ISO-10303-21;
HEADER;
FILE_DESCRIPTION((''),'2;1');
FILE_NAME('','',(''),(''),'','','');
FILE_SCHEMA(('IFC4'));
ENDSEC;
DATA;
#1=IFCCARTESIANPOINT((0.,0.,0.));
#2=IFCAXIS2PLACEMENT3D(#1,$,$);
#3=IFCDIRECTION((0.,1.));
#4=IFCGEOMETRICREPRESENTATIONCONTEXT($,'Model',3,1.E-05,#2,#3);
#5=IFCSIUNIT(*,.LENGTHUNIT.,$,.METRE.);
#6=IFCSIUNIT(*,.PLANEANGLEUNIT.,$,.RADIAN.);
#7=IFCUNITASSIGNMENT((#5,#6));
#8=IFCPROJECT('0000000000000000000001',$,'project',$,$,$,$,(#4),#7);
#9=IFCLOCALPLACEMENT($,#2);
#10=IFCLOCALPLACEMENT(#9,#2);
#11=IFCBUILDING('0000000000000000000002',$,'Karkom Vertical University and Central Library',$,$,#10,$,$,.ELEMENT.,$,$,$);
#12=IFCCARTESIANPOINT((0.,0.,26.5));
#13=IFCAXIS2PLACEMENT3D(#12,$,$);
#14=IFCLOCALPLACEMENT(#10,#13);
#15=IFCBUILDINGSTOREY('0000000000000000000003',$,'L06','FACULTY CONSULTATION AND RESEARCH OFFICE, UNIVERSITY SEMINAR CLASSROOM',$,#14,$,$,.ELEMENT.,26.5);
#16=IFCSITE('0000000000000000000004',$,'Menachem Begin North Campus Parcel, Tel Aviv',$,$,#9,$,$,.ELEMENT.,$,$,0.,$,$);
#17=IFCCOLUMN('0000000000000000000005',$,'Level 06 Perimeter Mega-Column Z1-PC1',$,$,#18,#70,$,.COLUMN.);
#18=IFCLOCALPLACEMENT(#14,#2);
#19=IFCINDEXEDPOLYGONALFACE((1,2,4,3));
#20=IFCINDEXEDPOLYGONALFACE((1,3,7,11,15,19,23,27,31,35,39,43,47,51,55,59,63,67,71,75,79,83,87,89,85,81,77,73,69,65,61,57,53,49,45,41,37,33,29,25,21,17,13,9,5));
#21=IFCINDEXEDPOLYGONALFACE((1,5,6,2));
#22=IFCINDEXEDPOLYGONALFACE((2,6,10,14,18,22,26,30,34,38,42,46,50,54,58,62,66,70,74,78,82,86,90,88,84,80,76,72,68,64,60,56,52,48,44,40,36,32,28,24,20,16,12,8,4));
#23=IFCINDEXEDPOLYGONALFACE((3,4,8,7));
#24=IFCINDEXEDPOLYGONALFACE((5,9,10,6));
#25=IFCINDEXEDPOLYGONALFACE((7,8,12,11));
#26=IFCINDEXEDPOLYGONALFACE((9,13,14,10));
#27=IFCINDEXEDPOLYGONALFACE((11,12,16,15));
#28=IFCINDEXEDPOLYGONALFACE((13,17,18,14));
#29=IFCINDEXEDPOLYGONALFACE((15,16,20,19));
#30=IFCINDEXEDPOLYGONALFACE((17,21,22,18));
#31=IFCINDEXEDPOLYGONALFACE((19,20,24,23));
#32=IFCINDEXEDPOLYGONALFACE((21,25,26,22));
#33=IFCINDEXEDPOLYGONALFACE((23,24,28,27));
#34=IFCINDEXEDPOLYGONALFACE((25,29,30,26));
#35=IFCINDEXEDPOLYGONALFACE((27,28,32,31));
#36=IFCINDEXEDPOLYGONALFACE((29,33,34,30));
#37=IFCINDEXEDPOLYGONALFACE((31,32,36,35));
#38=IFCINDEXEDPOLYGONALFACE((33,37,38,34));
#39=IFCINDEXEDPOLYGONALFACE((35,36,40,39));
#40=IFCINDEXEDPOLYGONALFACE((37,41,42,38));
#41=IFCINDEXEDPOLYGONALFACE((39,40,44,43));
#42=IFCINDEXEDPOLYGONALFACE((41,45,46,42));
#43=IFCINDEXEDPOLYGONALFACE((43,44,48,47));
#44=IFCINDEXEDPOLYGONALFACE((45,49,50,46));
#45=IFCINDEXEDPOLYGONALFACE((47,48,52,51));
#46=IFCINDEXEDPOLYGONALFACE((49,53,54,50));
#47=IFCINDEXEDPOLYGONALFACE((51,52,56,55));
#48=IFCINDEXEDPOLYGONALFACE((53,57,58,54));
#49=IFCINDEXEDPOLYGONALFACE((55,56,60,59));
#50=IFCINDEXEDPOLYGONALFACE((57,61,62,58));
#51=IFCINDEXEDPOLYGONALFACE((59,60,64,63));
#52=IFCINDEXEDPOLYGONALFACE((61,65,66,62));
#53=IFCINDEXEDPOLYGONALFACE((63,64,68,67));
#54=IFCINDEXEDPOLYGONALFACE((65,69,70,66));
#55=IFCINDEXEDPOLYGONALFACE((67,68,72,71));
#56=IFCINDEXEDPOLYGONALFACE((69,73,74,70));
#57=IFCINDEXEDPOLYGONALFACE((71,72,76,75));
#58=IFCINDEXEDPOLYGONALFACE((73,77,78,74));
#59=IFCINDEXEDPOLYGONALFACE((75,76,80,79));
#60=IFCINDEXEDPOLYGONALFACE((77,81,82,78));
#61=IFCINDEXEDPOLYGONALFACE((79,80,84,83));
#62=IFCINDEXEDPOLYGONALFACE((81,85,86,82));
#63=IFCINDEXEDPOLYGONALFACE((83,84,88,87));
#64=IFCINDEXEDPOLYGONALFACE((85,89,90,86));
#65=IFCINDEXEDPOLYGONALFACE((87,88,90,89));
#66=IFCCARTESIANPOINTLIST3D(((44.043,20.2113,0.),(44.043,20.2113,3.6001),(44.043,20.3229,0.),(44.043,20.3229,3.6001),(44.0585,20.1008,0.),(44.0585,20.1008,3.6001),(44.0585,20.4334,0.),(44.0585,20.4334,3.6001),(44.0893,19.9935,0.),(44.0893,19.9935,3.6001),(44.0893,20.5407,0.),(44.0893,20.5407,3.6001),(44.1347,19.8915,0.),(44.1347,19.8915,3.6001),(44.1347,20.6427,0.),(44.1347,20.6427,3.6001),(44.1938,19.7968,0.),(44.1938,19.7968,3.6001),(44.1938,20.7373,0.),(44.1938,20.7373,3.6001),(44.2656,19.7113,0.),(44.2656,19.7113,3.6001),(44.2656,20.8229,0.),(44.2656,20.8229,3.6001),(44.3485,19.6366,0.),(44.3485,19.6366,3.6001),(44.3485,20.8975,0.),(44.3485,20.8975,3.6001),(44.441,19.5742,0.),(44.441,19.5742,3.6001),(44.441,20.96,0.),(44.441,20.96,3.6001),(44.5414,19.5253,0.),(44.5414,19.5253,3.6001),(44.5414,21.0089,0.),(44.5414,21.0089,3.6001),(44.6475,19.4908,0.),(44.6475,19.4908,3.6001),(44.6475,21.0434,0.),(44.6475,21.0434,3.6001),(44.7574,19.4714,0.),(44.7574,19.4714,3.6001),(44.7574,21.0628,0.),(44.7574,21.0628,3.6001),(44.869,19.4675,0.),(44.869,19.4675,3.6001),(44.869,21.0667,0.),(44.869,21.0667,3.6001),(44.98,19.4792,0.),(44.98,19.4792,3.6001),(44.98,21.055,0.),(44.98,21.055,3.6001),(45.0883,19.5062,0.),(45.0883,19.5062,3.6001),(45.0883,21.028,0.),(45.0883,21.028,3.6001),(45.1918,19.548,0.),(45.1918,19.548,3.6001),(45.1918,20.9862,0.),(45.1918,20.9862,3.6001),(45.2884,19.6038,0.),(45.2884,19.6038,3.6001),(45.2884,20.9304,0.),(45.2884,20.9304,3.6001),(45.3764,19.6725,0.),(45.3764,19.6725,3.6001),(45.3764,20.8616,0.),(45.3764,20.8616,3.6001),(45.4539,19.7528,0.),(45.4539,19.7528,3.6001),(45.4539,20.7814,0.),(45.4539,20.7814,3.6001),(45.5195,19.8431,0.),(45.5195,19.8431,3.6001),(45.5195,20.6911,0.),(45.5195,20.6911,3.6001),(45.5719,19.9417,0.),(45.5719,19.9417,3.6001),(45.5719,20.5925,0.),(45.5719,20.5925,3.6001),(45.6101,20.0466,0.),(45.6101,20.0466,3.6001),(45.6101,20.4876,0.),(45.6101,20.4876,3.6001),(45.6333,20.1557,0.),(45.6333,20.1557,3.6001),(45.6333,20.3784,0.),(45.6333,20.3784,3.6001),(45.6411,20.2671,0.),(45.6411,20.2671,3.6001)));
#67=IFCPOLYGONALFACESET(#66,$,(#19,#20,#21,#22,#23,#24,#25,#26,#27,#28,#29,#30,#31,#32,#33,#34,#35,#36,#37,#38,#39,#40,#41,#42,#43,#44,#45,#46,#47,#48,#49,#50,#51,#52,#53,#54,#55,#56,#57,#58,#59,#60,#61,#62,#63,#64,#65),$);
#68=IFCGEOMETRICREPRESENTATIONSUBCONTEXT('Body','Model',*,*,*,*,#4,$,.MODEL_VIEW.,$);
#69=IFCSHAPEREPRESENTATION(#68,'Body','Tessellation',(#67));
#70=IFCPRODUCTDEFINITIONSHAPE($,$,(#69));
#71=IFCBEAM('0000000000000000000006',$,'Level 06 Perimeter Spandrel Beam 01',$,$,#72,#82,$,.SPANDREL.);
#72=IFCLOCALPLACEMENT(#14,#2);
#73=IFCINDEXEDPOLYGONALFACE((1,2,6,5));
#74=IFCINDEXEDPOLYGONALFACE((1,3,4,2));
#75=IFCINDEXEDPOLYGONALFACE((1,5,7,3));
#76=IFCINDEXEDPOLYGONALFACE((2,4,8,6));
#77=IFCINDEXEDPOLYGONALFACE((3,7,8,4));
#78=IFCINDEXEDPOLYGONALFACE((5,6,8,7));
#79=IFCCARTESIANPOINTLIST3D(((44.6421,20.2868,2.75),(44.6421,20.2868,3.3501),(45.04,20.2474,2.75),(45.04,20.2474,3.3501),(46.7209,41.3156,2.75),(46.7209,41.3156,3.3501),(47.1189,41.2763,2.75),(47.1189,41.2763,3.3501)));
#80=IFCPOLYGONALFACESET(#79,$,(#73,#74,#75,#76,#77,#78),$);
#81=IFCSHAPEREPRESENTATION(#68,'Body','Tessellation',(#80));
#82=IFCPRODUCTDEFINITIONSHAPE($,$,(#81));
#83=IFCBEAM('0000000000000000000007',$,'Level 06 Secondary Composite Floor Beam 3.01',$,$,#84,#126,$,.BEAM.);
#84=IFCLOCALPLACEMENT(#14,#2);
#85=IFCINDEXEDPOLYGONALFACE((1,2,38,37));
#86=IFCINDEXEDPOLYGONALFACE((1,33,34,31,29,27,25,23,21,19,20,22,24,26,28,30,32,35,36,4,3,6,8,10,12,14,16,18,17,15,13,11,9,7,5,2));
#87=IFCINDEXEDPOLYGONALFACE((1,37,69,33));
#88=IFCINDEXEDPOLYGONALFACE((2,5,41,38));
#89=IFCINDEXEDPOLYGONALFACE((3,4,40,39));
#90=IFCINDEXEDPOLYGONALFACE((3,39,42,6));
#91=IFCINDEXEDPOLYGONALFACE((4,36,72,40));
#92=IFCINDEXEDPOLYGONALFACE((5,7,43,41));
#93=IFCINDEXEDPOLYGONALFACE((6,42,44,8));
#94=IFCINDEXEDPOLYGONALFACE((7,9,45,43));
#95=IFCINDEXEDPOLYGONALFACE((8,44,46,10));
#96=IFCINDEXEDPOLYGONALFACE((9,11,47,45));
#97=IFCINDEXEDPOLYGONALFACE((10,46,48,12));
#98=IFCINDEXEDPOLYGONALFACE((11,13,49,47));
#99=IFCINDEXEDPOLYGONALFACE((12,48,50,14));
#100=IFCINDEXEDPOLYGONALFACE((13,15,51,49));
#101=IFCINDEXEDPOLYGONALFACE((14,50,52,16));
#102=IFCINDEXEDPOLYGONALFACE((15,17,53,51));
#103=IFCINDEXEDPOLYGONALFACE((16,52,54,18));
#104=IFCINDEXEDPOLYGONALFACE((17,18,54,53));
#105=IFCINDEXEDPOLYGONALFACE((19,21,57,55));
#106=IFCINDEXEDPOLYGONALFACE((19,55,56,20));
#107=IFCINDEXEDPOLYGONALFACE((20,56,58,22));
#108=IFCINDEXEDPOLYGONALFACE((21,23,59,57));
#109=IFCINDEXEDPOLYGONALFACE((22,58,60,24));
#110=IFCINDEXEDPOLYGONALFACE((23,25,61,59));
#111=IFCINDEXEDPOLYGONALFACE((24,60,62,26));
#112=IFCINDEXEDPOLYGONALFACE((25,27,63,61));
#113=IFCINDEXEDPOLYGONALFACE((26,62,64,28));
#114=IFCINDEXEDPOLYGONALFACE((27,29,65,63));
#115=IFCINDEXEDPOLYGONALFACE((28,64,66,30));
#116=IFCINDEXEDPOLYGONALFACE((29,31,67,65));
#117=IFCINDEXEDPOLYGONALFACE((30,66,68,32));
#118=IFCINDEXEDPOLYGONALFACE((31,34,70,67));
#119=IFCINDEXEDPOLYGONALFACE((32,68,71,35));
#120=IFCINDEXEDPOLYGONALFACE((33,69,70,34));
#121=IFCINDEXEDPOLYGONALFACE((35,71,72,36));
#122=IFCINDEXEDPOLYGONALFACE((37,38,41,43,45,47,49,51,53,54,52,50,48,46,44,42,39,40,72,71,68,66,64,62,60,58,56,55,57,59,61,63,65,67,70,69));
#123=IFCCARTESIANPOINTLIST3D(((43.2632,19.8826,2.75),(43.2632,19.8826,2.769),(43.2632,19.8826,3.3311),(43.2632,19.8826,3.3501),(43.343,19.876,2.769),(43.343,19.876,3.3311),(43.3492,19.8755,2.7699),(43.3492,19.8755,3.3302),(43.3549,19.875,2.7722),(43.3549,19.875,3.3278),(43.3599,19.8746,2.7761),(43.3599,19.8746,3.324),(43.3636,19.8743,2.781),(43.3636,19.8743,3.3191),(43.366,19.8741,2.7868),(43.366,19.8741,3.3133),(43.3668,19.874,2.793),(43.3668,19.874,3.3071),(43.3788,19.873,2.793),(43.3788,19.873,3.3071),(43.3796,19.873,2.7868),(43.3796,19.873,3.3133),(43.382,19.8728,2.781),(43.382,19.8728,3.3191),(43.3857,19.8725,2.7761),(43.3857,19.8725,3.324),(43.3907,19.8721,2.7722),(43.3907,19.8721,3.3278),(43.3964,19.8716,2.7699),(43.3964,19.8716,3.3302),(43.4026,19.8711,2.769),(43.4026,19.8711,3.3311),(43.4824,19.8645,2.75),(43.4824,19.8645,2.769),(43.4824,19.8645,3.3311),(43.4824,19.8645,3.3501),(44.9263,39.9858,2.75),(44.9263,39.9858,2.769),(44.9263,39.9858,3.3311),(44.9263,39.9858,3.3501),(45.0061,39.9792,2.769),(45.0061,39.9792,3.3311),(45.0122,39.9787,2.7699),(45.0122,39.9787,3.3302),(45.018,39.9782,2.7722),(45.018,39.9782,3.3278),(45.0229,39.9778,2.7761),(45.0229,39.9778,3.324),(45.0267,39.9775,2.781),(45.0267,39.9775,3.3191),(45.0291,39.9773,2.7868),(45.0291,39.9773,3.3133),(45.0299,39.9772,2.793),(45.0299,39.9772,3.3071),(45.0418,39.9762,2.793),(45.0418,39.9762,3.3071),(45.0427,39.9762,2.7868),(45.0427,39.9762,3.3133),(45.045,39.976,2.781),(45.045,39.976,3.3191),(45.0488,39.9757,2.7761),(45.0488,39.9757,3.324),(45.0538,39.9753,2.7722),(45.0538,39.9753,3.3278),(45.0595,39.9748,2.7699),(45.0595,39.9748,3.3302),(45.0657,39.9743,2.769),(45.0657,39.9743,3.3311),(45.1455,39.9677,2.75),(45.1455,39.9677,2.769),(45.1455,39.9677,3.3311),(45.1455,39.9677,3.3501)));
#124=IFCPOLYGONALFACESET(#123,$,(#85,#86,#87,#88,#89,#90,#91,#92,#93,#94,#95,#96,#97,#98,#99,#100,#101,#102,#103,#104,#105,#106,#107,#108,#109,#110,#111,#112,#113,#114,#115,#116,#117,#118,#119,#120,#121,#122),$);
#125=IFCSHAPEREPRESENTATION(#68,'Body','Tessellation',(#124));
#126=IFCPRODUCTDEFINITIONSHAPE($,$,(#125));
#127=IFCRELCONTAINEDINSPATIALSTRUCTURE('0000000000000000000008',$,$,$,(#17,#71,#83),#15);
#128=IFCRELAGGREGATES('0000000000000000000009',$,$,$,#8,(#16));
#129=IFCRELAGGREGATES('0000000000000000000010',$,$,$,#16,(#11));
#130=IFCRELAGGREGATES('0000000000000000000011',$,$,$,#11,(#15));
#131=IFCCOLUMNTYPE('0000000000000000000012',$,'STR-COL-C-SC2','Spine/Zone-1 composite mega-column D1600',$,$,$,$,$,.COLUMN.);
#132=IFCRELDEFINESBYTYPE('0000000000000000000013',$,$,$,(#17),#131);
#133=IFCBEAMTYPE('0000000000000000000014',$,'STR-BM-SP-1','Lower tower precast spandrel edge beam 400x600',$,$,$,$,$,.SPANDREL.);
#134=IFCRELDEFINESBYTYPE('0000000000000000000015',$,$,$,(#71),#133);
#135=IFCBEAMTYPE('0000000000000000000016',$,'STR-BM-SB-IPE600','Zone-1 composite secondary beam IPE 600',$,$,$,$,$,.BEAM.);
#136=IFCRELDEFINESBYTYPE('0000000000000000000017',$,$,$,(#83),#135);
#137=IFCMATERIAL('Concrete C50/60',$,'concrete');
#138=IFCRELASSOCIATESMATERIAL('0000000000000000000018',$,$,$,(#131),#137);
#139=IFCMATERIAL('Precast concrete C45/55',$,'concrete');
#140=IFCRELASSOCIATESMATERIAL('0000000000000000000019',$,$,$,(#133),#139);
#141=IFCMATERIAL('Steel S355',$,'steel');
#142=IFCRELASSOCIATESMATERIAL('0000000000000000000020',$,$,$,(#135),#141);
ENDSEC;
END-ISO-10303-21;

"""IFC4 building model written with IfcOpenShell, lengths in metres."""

from ifc_helpers import new_model, si_unit, direction, frame, origin, origin_with_axes, origin_2d, place, context, subcontext, project, spatial, rectangle, circle, i_section, extrude, source, transform, mapped, material, material_profile, profile_set, type_object, element, save


model = new_model("IFC4")

# Units and contexts
model_context = context("Model", 3, precision=1e-05, world=origin(), true_north=direction((0.0, 1.0)))
body_context = subcontext(model_context, "Body", "Model", "MODEL_VIEW")
ifc_project = project(units=[si_unit("LENGTHUNIT", "METRE"), si_unit("PLANEANGLEUNIT", "RADIAN")], contexts=[model_context])

# Site, building, storey
site_placement = place(None, origin())
site = spatial("IfcSite", under=ifc_project, at=site_placement, Name="Menachem Begin North Campus Parcel, Tel Aviv", CompositionType="ELEMENT", RefElevation=0.0)
building_placement = place(site_placement, origin())
building = spatial("IfcBuilding", under=site, at=building_placement, Name="Karkom Vertical University and Central Library", CompositionType="ELEMENT")
storey_placement = place(building_placement, frame((0.0, 0.0, 26.5)))
storey = spatial("IfcBuildingStorey", under=building, at=storey_placement, Name="L06", Description="FACULTY CONSULTATION AND RESEARCH OFFICE, UNIVERSITY SEMINAR CLASSROOM", CompositionType="ELEMENT", Elevation=26.5)

# Column
ifc_material_1 = material(Name="Concrete C50/60", Category="concrete")
ifc_material_profile_1 = material_profile(ifc_material_1, circle(Radius=0.8, at=origin_2d()), Name="CFT-D1600")
ifc_profile_set_1 = profile_set([ifc_material_profile_1], Name="Concrete C50/60")
column_type = type_object("IfcColumnType", Name="STR-COL-C-SC2", Description="Spine/Zone-1 composite mega-column D1600", PredefinedType="COLUMN", material=ifc_profile_set_1)
shared_shape_1 = source(origin_with_axes(), body_context, "Body", "SweptSolid", [
    extrude(circle(Radius=0.8, at=origin_2d()), origin(), (0.0, 0.0, 1.0), 3.6001),
])
column_placement = place(storey_placement, frame((44.8411, 20.2671, 0.0), z_axis=(0.0, 0.0, 1.0), x_axis=(1.0, 0.0, 0.0)))
element("IfcColumn", 1, at=column_placement, inside=storey, type_object=column_type, Name="Level 06 Perimeter Mega-Column Z1-PC1", PredefinedType="COLUMN", context=body_context, shape_type="MappedRepresentation", body=[
    mapped(shared_shape_1, transform((0.0, 0.0, 0.0), scale=1.0)),
])

# Beams
ifc_material_2 = material(Name="Precast concrete C45/55", Category="concrete")
ifc_material_profile_2 = material_profile(ifc_material_2, rectangle(XDim=0.3999, YDim=0.6001, at=origin_2d()), Name="SPB-400x600")
ifc_profile_set_2 = profile_set([ifc_material_profile_2], Name="Precast concrete C45/55")
beam_type_1 = type_object("IfcBeamType", Name="STR-BM-SP-1", Description="Lower tower precast spandrel edge beam 400x600", PredefinedType="SPANDREL", material=ifc_profile_set_2)
shared_shape_2 = source(origin_with_axes(), body_context, "Body", "SweptSolid", [
    extrude(rectangle(XDim=0.3999, YDim=0.6001, at=origin_2d()), origin(), (0.0, 0.0, 1.0), 21.1313),
])
beam_1_placement = place(storey_placement, frame((44.8411, 20.2671, 3.05), z_axis=(0.098378, 0.995149, 0.0), x_axis=(-0.995149, 0.098378, 0.0)))
element("IfcBeam", 2, at=beam_1_placement, inside=storey, type_object=beam_type_1, Name="Level 06 Perimeter Spandrel Beam 01", PredefinedType="SPANDREL", context=body_context, shape_type="MappedRepresentation", body=[
    mapped(shared_shape_2, transform((0.0, 0.0, 0.0), scale=1.0)),
])
ifc_material_3 = material(Name="Steel S355", Category="steel")
ifc_material_profile_3 = material_profile(ifc_material_3, i_section(OverallWidth=0.22, OverallDepth=0.6001, WebThickness=0.012, FlangeThickness=0.019, FilletRadius=0.0239, at=origin_2d()), Name="IPE 600")
ifc_profile_set_3 = profile_set([ifc_material_profile_3], Name="Steel S355")
beam_type_2 = type_object("IfcBeamType", Name="STR-BM-SB-IPE600", Description="Zone-1 composite secondary beam IPE 600", PredefinedType="BEAM", material=ifc_profile_set_3)
shared_shape_3 = source(origin_with_axes(), body_context, "Body", "SweptSolid", [
    extrude(i_section(OverallWidth=0.22, OverallDepth=0.6001, WebThickness=0.012, FlangeThickness=0.019, FilletRadius=0.0239, at=origin_2d()), origin(), (0.0, 0.0, 1.0), 20.1719),
])
beam_2_placement = place(storey_placement, frame((43.3728, 19.8735, 3.05), z_axis=(0.082445, 0.996596, 0.0), x_axis=(-0.996596, 0.082445, 0.0)))
element("IfcBeam", 3, at=beam_2_placement, inside=storey, type_object=beam_type_2, Name="Level 06 Secondary Composite Floor Beam 3.01", PredefinedType="BEAM", context=body_context, shape_type="MappedRepresentation", body=[
    mapped(shared_shape_3, transform((0.0, 0.0, 0.0), scale=1.0)),
])

save(model, "model.ifc")
